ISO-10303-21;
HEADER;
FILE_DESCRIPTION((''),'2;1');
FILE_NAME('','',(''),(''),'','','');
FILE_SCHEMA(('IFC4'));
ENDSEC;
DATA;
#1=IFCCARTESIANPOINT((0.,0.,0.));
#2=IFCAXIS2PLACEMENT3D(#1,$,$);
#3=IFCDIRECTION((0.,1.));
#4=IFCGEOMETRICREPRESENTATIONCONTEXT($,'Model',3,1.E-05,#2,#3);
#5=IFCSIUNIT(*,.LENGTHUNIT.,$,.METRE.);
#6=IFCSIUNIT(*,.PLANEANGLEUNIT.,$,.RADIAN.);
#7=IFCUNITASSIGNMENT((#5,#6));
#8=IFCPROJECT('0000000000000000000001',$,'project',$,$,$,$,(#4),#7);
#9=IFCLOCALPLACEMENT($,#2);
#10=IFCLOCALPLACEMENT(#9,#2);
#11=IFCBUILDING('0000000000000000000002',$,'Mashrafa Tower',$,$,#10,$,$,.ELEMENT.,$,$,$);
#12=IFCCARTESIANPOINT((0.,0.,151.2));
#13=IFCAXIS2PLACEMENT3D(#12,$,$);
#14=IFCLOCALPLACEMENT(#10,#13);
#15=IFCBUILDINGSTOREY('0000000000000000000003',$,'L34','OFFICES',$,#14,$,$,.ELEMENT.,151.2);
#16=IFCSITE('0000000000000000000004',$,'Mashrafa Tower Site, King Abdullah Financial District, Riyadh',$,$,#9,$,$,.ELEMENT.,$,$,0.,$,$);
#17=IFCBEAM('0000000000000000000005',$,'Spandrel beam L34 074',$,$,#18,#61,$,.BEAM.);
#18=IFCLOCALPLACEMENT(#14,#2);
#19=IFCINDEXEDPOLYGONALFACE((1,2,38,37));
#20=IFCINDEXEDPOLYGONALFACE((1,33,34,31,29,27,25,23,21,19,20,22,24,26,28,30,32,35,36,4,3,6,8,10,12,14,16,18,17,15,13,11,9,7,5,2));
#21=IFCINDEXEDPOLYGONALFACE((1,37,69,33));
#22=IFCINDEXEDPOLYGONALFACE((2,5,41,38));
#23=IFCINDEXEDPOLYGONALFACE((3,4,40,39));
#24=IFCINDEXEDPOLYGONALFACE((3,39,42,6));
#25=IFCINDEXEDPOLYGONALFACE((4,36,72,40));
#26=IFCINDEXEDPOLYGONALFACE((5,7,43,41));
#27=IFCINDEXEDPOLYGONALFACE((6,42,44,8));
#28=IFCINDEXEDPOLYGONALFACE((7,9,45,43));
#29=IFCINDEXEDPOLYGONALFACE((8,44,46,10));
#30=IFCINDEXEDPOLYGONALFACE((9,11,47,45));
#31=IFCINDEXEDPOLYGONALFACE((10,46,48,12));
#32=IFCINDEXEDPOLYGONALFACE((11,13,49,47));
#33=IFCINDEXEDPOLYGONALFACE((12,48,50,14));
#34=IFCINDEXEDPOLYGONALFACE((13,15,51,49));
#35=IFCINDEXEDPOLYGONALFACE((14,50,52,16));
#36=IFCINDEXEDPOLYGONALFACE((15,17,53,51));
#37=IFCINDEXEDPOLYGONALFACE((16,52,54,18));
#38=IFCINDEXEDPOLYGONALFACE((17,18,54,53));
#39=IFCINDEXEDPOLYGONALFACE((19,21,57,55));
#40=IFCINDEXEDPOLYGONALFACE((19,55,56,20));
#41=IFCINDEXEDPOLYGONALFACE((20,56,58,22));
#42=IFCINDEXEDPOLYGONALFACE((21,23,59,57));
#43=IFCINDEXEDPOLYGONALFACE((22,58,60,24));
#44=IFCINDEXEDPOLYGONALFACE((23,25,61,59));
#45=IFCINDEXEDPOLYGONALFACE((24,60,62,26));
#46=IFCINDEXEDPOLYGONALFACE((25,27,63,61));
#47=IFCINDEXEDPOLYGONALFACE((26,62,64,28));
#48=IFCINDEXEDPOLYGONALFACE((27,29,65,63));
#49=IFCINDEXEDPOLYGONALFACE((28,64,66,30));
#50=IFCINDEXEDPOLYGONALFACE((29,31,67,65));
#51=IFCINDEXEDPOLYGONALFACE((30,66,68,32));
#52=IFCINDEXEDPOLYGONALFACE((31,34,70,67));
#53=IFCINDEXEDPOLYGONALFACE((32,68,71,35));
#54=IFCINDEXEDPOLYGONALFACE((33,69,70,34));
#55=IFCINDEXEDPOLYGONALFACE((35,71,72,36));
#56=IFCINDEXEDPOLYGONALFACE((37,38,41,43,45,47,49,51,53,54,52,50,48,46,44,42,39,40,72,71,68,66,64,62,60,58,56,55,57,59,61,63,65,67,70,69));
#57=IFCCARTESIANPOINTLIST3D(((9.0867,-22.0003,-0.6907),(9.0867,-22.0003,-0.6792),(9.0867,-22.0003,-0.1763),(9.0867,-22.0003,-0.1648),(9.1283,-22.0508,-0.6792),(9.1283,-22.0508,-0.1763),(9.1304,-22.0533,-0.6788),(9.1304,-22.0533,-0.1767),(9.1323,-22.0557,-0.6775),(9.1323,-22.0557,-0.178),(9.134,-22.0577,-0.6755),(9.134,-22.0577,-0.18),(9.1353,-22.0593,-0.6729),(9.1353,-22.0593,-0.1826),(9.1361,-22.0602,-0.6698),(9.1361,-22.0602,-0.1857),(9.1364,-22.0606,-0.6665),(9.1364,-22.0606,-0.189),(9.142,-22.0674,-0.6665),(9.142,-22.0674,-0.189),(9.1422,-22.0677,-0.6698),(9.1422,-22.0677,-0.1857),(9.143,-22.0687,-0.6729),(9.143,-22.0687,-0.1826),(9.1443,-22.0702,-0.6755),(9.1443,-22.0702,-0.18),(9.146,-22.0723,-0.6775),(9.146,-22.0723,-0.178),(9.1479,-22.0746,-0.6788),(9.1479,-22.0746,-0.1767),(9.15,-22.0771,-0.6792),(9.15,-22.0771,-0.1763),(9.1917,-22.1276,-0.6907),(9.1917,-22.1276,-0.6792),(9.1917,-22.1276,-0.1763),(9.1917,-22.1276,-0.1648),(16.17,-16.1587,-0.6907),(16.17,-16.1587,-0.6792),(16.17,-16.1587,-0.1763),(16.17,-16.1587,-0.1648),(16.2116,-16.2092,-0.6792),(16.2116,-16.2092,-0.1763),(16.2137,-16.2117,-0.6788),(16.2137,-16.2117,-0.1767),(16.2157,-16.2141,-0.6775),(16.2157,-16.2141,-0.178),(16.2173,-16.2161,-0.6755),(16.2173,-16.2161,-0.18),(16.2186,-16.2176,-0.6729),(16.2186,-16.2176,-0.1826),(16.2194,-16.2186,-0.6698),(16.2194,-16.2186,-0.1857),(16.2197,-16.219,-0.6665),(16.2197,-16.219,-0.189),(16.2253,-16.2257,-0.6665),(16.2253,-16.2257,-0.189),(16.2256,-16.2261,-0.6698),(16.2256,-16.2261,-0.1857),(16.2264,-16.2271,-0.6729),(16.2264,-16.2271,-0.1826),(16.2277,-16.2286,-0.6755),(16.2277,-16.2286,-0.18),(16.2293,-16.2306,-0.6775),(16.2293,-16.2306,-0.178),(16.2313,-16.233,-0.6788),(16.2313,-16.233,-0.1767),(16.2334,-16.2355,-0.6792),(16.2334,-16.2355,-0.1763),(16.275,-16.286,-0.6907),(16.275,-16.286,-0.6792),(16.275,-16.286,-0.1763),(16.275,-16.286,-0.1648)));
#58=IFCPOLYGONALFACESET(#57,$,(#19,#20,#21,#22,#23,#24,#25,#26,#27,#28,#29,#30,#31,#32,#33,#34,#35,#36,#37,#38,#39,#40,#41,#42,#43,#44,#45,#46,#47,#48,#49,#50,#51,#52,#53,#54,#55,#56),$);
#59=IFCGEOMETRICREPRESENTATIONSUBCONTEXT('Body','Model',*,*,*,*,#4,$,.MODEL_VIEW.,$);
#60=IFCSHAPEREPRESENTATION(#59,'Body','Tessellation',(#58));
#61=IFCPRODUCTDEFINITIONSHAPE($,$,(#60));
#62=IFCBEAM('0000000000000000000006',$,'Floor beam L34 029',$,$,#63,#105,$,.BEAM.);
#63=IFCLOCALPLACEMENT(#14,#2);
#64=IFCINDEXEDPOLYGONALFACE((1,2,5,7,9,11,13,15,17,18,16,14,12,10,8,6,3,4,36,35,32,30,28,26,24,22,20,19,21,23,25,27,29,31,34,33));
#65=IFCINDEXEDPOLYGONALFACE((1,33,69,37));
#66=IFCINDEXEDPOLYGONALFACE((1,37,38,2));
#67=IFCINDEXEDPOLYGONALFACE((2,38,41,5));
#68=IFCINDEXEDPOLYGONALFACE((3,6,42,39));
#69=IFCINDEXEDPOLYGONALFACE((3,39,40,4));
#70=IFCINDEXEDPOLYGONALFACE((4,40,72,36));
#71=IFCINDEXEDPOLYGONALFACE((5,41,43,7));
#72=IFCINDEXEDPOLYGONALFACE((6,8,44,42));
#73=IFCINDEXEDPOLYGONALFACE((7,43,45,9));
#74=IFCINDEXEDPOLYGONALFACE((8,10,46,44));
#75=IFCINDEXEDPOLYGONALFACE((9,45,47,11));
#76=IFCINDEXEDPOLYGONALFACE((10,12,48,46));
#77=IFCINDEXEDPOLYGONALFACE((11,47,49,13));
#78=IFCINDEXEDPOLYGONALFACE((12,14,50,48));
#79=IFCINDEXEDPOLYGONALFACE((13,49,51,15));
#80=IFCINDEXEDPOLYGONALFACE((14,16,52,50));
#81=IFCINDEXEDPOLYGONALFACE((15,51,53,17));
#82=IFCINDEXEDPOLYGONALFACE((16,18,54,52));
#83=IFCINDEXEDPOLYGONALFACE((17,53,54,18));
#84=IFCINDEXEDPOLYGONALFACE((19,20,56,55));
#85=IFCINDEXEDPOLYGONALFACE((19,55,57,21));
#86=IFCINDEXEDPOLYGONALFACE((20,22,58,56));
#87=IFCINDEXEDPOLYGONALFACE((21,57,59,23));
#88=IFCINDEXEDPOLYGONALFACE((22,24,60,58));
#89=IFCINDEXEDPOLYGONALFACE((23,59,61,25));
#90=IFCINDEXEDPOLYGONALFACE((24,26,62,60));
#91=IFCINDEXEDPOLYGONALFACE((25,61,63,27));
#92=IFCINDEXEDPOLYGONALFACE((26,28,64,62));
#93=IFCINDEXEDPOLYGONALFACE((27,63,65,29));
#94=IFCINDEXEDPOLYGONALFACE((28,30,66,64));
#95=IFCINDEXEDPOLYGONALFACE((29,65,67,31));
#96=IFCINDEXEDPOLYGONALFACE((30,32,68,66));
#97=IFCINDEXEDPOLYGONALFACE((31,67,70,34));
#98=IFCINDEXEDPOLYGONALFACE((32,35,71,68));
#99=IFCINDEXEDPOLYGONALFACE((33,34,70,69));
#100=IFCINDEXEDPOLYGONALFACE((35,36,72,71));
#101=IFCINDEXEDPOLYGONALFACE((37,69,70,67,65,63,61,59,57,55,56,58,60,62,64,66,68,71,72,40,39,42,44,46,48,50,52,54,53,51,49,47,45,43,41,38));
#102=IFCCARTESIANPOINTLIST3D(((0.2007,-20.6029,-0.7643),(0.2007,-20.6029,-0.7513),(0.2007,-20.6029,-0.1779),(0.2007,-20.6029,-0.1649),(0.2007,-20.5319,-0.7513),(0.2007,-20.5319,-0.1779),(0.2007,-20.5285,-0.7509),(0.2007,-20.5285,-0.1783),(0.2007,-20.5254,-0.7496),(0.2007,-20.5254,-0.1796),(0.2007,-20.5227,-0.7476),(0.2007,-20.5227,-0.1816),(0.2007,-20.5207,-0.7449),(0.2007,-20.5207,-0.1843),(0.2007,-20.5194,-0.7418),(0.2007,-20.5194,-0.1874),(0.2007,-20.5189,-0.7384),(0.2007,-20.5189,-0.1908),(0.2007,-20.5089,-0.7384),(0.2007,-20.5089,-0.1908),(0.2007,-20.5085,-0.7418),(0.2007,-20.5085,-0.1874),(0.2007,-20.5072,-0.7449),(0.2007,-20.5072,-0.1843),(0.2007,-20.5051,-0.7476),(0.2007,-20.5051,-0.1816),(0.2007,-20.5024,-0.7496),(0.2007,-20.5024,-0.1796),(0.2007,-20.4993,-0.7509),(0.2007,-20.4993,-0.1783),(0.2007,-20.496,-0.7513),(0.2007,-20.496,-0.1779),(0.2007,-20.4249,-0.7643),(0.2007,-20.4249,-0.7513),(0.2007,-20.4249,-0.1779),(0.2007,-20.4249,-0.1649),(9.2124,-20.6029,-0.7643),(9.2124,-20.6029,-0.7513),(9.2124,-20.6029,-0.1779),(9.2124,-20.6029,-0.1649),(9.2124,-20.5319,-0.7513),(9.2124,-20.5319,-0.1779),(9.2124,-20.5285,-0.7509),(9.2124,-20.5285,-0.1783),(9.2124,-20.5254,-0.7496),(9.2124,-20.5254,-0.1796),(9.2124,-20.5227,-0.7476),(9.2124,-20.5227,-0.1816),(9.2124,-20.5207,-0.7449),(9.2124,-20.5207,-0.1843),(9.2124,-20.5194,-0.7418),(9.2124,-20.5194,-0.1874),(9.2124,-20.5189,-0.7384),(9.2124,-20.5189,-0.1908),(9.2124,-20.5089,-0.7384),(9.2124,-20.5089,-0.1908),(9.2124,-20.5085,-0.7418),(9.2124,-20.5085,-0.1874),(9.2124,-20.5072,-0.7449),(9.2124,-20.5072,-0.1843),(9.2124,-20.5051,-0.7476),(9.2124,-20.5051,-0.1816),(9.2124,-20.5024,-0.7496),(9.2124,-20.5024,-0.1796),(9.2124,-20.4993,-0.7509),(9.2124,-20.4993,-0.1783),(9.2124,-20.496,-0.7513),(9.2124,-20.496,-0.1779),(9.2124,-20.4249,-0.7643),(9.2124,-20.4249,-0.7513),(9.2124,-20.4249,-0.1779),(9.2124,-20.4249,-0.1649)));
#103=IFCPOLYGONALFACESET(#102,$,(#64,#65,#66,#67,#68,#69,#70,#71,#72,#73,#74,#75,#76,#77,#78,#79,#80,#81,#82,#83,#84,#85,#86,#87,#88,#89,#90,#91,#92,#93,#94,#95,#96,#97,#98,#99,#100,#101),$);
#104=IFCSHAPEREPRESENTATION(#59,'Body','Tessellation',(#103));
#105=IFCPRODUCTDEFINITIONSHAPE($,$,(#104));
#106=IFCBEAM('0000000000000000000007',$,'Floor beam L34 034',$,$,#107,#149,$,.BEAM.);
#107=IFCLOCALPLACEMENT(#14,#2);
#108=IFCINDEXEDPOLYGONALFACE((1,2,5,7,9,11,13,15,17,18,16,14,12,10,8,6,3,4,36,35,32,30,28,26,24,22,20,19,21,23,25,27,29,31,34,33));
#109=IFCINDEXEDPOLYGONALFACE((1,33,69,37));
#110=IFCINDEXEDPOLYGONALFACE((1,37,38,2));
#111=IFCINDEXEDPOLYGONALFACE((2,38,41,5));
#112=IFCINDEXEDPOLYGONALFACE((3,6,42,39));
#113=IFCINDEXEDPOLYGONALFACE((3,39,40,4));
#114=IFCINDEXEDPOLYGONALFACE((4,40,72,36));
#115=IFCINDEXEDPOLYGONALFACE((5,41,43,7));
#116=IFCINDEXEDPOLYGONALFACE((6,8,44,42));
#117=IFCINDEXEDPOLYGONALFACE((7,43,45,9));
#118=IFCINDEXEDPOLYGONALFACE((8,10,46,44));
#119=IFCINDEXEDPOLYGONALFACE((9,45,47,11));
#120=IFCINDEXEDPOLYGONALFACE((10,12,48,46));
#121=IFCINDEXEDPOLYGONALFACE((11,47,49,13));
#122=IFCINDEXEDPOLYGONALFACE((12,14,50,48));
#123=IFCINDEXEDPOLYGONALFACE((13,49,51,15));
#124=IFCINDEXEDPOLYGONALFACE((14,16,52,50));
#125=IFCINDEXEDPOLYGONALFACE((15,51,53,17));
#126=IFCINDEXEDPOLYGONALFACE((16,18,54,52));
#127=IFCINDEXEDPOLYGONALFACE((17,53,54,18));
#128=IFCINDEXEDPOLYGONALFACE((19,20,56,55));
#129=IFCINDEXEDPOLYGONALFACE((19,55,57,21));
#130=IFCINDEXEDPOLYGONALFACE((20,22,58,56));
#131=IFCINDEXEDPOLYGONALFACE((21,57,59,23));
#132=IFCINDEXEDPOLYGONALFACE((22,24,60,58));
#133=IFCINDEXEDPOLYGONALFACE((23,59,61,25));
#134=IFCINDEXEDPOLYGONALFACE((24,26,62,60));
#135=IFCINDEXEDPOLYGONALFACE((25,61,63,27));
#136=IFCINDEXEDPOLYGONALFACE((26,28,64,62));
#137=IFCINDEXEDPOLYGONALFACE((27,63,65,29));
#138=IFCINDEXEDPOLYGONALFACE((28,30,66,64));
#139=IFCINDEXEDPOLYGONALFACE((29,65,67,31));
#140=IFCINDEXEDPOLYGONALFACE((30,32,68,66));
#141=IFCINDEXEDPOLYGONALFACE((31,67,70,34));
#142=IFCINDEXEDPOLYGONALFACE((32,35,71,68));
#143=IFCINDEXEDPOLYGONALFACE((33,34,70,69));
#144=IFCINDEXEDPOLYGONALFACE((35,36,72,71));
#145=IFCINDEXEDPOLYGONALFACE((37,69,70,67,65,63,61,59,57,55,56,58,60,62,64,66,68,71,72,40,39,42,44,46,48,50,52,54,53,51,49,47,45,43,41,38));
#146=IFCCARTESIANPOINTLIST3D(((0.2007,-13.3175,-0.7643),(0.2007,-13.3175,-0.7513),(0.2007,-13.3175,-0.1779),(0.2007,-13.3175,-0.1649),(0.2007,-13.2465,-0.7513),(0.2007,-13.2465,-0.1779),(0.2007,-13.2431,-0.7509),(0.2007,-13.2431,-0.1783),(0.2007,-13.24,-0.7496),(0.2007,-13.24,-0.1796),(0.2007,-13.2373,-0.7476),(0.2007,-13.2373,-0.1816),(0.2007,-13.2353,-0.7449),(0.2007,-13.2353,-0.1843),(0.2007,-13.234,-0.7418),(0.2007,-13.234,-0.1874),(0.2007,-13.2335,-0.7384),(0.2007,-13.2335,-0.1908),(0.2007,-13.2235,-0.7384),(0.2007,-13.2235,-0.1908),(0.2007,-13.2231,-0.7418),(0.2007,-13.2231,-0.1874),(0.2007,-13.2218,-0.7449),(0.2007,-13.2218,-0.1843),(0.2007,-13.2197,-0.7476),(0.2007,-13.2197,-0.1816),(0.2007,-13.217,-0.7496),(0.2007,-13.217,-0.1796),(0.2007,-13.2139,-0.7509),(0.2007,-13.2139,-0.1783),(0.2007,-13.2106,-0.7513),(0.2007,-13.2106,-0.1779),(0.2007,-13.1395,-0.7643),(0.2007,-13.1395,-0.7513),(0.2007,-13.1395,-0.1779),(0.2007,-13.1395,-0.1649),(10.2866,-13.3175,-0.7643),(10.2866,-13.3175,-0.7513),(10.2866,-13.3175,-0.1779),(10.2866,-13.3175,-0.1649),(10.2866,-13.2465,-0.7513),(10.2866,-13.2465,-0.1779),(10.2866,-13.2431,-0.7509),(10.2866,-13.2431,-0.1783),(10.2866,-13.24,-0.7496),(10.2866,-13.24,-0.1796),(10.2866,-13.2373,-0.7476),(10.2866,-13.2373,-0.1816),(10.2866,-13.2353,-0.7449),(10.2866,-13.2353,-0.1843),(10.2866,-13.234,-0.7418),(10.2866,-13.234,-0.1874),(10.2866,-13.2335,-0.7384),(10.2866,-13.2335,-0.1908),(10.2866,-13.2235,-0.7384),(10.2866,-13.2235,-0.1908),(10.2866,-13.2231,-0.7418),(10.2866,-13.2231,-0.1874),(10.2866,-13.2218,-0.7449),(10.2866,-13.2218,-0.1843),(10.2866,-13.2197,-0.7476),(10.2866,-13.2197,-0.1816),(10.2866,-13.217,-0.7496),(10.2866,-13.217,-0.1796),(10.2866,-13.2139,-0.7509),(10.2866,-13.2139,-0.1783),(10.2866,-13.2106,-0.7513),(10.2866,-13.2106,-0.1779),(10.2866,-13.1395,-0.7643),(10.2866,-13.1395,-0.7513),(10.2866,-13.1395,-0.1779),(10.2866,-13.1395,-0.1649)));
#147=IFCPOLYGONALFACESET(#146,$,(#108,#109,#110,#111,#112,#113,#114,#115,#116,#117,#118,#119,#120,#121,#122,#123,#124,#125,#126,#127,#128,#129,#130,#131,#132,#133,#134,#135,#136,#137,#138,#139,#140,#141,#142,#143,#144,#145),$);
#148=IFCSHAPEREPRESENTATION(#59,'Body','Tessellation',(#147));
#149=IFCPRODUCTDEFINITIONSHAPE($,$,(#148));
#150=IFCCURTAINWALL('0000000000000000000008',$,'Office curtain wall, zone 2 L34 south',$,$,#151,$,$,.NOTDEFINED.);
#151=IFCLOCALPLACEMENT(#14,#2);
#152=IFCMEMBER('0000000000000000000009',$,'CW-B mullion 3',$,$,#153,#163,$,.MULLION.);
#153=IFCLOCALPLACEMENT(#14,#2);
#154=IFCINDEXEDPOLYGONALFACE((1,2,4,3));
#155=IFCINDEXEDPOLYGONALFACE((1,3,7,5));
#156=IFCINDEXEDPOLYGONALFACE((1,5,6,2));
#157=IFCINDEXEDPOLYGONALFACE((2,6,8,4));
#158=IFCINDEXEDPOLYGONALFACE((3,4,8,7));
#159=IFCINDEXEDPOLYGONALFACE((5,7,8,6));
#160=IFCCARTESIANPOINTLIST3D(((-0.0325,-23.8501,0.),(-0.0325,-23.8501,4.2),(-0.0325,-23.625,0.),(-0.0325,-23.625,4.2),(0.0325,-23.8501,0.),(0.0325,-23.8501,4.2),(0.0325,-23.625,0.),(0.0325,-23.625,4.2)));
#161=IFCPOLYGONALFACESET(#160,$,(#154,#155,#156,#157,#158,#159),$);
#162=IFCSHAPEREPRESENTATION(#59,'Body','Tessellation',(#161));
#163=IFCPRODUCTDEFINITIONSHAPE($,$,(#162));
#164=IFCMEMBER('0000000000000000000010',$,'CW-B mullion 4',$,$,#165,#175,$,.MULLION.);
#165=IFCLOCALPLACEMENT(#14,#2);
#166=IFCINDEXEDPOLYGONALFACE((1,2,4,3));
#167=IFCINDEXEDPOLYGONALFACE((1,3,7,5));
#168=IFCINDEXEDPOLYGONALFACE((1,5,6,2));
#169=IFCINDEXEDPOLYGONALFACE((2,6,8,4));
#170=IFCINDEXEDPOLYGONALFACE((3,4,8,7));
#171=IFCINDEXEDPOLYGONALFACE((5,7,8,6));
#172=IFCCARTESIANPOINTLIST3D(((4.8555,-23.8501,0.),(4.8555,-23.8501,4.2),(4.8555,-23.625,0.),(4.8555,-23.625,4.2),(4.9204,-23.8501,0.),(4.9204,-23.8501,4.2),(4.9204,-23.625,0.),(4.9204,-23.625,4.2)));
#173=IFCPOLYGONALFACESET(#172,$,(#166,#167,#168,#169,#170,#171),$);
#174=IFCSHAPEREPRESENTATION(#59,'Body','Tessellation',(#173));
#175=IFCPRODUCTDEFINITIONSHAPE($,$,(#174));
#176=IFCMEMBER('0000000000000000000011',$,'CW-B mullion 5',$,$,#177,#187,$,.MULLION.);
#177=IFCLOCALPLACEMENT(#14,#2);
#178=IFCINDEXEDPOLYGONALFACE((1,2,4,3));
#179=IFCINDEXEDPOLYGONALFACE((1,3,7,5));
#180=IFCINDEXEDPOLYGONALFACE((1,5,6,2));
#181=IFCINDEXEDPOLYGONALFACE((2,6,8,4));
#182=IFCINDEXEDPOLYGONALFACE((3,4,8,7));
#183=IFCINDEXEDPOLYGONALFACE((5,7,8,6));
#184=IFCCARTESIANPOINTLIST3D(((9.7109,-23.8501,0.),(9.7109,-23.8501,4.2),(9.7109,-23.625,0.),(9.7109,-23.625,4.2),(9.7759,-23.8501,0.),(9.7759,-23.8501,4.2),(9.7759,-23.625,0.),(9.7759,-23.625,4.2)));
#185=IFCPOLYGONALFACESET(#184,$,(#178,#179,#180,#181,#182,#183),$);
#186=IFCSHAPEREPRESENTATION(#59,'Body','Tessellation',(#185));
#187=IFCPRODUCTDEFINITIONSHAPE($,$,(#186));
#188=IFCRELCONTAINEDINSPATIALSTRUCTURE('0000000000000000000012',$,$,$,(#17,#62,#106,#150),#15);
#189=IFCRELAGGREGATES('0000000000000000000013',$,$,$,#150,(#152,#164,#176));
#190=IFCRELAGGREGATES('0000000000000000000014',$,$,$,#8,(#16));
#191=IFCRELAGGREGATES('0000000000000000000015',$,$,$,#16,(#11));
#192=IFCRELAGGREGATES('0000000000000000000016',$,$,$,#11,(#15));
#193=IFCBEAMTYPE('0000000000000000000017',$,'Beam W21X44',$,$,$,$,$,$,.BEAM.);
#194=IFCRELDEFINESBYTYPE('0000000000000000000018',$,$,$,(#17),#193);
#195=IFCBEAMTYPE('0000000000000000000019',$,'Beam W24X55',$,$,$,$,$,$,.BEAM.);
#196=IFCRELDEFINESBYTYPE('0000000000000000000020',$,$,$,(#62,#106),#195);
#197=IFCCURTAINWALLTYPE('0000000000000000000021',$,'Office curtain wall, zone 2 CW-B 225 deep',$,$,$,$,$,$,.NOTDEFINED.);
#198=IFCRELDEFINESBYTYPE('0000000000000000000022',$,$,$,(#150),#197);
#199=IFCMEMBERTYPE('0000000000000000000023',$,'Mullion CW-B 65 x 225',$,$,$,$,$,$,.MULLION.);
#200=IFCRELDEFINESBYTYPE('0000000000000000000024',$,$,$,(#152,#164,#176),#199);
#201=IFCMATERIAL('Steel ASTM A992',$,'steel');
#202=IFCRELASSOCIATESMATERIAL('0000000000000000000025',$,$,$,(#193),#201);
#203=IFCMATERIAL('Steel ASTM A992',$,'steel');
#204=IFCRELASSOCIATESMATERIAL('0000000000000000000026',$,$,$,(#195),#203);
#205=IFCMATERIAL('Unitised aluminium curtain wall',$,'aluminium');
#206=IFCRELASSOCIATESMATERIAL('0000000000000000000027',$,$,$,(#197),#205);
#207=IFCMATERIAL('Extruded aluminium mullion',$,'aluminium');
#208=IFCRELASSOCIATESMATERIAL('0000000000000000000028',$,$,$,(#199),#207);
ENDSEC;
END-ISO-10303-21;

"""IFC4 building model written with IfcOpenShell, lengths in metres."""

from ifc_helpers import new_model, si_unit, direction, frame, origin, origin_2d, place, context, subcontext, project, spatial, rectangle, i_section, extrude, source, transform, mapped, material, material_profile, profile_set, type_object, type_shapes, element, aggregate, save


model = new_model("IFC4")

# Units and contexts
model_context = context("Model", 3, precision=1e-05, world=origin(), true_north=direction((0.0, 1.0)))
body_context = subcontext(model_context, "Body", "Model", "MODEL_VIEW")
ifc_project = project(units=[si_unit("LENGTHUNIT", "METRE"), si_unit("PLANEANGLEUNIT", "RADIAN")], contexts=[model_context])

# Site, building, storey
site_placement = place(None, origin())
site = spatial("IfcSite", under=ifc_project, at=site_placement, Name="Mashrafa Tower Site, King Abdullah Financial District, Riyadh", CompositionType="ELEMENT", RefElevation=0.0)
building_placement = place(site_placement, origin())
building = spatial("IfcBuilding", under=site, at=building_placement, Name="Mashrafa Tower", CompositionType="ELEMENT")
storey_placement = place(building_placement, frame((0.0, 0.0, 151.2)))
storey = spatial("IfcBuildingStorey", under=building, at=storey_placement, Name="L34", Description="OFFICES", CompositionType="ELEMENT", Elevation=151.2)

# Beams
ifc_material_1 = material(Name="Steel ASTM A992", Category="steel")
ifc_material_profile_1 = material_profile(ifc_material_1, i_section(OverallWidth=0.165, OverallDepth=0.5259, WebThickness=0.0088, FlangeThickness=0.0115, FilletRadius=0.0127, at=origin_2d()), Name="W21X44")
ifc_profile_set_1 = profile_set([ifc_material_profile_1], Name="Steel ASTM A992")
beam_type_1 = type_object("IfcBeamType", Name="Beam W21X44", PredefinedType="BEAM", material=ifc_profile_set_1)
beam_1_placement = place(storey_placement, frame((9.1392, -22.064, -0.4277), z_axis=(0.771487, 0.636245, 0.0), x_axis=(-0.636245, 0.771487, 0.0)))
element("IfcBeam", 1, at=beam_1_placement, inside=storey, type_object=beam_type_1, Name="Spandrel beam L34 074", PredefinedType="BEAM", context=body_context, shape_type="SweptSolid", body=[
    extrude(i_section(OverallWidth=0.165, OverallDepth=0.5259, WebThickness=0.0088, FlangeThickness=0.0115, FilletRadius=0.0127, at=origin_2d()), origin(), (0.0, 0.0, 1.0), 9.1814),
])
ifc_material_2 = material(Name="Steel ASTM A992", Category="steel")
ifc_material_profile_2 = material_profile(ifc_material_2, i_section(OverallWidth=0.178, OverallDepth=0.5994, WebThickness=0.01, FlangeThickness=0.0129, FilletRadius=0.0129, at=origin_2d()), Name="W24X55")
ifc_profile_set_2 = profile_set([ifc_material_profile_2], Name="Steel ASTM A992")
beam_type_2 = type_object("IfcBeamType", Name="Beam W24X55", PredefinedType="BEAM", material=ifc_profile_set_2)
beam_2_placement = place(storey_placement, frame((9.2124, -20.5139, -0.4646), z_axis=(-1.0, 0.0, 0.0), x_axis=(0.0, -1.0, 0.0)))
element("IfcBeam", 2, at=beam_2_placement, inside=storey, type_object=beam_type_2, Name="Floor beam L34 029", PredefinedType="BEAM", context=body_context, shape_type="SweptSolid", body=[
    extrude(i_section(OverallWidth=0.178, OverallDepth=0.5994, WebThickness=0.01, FlangeThickness=0.0129, FilletRadius=0.0129, at=origin_2d()), origin(), (0.0, 0.0, 1.0), 9.0117),
])
beam_3_placement = place(storey_placement, frame((10.2866, -13.2285, -0.4646), z_axis=(-1.0, 0.0, 0.0), x_axis=(0.0, -1.0, 0.0)))
element("IfcBeam", 3, at=beam_3_placement, inside=storey, type_object=beam_type_2, Name="Floor beam L34 034", PredefinedType="BEAM", context=body_context, shape_type="SweptSolid", body=[
    extrude(i_section(OverallWidth=0.178, OverallDepth=0.5994, WebThickness=0.01, FlangeThickness=0.0129, FilletRadius=0.0129, at=origin_2d()), origin(), (0.0, 0.0, 1.0), 10.0859),
])

# Curtain wall, members
ifc_material_3 = material(Name="Unitised aluminium curtain wall", Category="aluminium")
curtain_wall_type = type_object("IfcCurtainWallType", Name="Office curtain wall, zone 2 CW-B 225 deep", PredefinedType="NOTDEFINED", material=ifc_material_3)
curtain_wall_1_placement = place(storey_placement, origin())
curtain_wall_1 = element("IfcCurtainWall", 4, at=curtain_wall_1_placement, inside=storey, type_object=curtain_wall_type, Name="Office curtain wall, zone 2 L34 south", PredefinedType="NOTDEFINED")
ifc_material_4 = material(Name="Extruded aluminium mullion", Category="aluminium")
ifc_material_profile_3 = material_profile(ifc_material_4, rectangle(XDim=0.2251, YDim=0.0649, at=origin_2d()), Name="Mullion 65x225")
ifc_profile_set_3 = profile_set([ifc_material_profile_3], Name="Extruded aluminium mullion")
member_type_1 = type_object("IfcMemberType", Name="Mullion CW-B 65 x 225", PredefinedType="MULLION", material=ifc_profile_set_3)
shared_shape_1 = source(origin(), body_context, "Body", "SweptSolid", [
    extrude(rectangle(XDim=0.2251, YDim=0.0649, at=origin_2d()), origin(), (0.0, 0.0, 1.0), 4.2),
])
type_shapes(member_type_1, [shared_shape_1])
member_1_placement = place(storey_placement, frame((0.0, -23.7375, 0.0), z_axis=(0.0, 0.0, 1.0), x_axis=(0.0, 1.0, 0.0)))
member_1 = element("IfcMember", 5, at=member_1_placement, type_object=member_type_1, Name="CW-B mullion 3", PredefinedType="MULLION", context=body_context, shape_type="MappedRepresentation", body=[
    mapped(shared_shape_1, transform((0.0, 0.0, 0.0))),
])
member_2_placement = place(storey_placement, frame((4.8879, -23.7375, 0.0), z_axis=(0.0, 0.0, 1.0), x_axis=(0.0, 1.0, 0.0)))
member_2 = element("IfcMember", 6, at=member_2_placement, type_object=member_type_1, Name="CW-B mullion 4", PredefinedType="MULLION", context=body_context, shape_type="MappedRepresentation", body=[
    mapped(shared_shape_1, transform((0.0, 0.0, 0.0))),
])
member_3_placement = place(storey_placement, frame((9.7434, -23.7375, 0.0), z_axis=(0.0, 0.0, 1.0), x_axis=(0.0, 1.0, 0.0)))
member_3 = element("IfcMember", 7, at=member_3_placement, type_object=member_type_1, Name="CW-B mullion 5", PredefinedType="MULLION", context=body_context, shape_type="MappedRepresentation", body=[
    mapped(shared_shape_1, transform((0.0, 0.0, 0.0))),
])

aggregate(curtain_wall_1, [member_1, member_2, member_3])

save(model, "model.ifc")
